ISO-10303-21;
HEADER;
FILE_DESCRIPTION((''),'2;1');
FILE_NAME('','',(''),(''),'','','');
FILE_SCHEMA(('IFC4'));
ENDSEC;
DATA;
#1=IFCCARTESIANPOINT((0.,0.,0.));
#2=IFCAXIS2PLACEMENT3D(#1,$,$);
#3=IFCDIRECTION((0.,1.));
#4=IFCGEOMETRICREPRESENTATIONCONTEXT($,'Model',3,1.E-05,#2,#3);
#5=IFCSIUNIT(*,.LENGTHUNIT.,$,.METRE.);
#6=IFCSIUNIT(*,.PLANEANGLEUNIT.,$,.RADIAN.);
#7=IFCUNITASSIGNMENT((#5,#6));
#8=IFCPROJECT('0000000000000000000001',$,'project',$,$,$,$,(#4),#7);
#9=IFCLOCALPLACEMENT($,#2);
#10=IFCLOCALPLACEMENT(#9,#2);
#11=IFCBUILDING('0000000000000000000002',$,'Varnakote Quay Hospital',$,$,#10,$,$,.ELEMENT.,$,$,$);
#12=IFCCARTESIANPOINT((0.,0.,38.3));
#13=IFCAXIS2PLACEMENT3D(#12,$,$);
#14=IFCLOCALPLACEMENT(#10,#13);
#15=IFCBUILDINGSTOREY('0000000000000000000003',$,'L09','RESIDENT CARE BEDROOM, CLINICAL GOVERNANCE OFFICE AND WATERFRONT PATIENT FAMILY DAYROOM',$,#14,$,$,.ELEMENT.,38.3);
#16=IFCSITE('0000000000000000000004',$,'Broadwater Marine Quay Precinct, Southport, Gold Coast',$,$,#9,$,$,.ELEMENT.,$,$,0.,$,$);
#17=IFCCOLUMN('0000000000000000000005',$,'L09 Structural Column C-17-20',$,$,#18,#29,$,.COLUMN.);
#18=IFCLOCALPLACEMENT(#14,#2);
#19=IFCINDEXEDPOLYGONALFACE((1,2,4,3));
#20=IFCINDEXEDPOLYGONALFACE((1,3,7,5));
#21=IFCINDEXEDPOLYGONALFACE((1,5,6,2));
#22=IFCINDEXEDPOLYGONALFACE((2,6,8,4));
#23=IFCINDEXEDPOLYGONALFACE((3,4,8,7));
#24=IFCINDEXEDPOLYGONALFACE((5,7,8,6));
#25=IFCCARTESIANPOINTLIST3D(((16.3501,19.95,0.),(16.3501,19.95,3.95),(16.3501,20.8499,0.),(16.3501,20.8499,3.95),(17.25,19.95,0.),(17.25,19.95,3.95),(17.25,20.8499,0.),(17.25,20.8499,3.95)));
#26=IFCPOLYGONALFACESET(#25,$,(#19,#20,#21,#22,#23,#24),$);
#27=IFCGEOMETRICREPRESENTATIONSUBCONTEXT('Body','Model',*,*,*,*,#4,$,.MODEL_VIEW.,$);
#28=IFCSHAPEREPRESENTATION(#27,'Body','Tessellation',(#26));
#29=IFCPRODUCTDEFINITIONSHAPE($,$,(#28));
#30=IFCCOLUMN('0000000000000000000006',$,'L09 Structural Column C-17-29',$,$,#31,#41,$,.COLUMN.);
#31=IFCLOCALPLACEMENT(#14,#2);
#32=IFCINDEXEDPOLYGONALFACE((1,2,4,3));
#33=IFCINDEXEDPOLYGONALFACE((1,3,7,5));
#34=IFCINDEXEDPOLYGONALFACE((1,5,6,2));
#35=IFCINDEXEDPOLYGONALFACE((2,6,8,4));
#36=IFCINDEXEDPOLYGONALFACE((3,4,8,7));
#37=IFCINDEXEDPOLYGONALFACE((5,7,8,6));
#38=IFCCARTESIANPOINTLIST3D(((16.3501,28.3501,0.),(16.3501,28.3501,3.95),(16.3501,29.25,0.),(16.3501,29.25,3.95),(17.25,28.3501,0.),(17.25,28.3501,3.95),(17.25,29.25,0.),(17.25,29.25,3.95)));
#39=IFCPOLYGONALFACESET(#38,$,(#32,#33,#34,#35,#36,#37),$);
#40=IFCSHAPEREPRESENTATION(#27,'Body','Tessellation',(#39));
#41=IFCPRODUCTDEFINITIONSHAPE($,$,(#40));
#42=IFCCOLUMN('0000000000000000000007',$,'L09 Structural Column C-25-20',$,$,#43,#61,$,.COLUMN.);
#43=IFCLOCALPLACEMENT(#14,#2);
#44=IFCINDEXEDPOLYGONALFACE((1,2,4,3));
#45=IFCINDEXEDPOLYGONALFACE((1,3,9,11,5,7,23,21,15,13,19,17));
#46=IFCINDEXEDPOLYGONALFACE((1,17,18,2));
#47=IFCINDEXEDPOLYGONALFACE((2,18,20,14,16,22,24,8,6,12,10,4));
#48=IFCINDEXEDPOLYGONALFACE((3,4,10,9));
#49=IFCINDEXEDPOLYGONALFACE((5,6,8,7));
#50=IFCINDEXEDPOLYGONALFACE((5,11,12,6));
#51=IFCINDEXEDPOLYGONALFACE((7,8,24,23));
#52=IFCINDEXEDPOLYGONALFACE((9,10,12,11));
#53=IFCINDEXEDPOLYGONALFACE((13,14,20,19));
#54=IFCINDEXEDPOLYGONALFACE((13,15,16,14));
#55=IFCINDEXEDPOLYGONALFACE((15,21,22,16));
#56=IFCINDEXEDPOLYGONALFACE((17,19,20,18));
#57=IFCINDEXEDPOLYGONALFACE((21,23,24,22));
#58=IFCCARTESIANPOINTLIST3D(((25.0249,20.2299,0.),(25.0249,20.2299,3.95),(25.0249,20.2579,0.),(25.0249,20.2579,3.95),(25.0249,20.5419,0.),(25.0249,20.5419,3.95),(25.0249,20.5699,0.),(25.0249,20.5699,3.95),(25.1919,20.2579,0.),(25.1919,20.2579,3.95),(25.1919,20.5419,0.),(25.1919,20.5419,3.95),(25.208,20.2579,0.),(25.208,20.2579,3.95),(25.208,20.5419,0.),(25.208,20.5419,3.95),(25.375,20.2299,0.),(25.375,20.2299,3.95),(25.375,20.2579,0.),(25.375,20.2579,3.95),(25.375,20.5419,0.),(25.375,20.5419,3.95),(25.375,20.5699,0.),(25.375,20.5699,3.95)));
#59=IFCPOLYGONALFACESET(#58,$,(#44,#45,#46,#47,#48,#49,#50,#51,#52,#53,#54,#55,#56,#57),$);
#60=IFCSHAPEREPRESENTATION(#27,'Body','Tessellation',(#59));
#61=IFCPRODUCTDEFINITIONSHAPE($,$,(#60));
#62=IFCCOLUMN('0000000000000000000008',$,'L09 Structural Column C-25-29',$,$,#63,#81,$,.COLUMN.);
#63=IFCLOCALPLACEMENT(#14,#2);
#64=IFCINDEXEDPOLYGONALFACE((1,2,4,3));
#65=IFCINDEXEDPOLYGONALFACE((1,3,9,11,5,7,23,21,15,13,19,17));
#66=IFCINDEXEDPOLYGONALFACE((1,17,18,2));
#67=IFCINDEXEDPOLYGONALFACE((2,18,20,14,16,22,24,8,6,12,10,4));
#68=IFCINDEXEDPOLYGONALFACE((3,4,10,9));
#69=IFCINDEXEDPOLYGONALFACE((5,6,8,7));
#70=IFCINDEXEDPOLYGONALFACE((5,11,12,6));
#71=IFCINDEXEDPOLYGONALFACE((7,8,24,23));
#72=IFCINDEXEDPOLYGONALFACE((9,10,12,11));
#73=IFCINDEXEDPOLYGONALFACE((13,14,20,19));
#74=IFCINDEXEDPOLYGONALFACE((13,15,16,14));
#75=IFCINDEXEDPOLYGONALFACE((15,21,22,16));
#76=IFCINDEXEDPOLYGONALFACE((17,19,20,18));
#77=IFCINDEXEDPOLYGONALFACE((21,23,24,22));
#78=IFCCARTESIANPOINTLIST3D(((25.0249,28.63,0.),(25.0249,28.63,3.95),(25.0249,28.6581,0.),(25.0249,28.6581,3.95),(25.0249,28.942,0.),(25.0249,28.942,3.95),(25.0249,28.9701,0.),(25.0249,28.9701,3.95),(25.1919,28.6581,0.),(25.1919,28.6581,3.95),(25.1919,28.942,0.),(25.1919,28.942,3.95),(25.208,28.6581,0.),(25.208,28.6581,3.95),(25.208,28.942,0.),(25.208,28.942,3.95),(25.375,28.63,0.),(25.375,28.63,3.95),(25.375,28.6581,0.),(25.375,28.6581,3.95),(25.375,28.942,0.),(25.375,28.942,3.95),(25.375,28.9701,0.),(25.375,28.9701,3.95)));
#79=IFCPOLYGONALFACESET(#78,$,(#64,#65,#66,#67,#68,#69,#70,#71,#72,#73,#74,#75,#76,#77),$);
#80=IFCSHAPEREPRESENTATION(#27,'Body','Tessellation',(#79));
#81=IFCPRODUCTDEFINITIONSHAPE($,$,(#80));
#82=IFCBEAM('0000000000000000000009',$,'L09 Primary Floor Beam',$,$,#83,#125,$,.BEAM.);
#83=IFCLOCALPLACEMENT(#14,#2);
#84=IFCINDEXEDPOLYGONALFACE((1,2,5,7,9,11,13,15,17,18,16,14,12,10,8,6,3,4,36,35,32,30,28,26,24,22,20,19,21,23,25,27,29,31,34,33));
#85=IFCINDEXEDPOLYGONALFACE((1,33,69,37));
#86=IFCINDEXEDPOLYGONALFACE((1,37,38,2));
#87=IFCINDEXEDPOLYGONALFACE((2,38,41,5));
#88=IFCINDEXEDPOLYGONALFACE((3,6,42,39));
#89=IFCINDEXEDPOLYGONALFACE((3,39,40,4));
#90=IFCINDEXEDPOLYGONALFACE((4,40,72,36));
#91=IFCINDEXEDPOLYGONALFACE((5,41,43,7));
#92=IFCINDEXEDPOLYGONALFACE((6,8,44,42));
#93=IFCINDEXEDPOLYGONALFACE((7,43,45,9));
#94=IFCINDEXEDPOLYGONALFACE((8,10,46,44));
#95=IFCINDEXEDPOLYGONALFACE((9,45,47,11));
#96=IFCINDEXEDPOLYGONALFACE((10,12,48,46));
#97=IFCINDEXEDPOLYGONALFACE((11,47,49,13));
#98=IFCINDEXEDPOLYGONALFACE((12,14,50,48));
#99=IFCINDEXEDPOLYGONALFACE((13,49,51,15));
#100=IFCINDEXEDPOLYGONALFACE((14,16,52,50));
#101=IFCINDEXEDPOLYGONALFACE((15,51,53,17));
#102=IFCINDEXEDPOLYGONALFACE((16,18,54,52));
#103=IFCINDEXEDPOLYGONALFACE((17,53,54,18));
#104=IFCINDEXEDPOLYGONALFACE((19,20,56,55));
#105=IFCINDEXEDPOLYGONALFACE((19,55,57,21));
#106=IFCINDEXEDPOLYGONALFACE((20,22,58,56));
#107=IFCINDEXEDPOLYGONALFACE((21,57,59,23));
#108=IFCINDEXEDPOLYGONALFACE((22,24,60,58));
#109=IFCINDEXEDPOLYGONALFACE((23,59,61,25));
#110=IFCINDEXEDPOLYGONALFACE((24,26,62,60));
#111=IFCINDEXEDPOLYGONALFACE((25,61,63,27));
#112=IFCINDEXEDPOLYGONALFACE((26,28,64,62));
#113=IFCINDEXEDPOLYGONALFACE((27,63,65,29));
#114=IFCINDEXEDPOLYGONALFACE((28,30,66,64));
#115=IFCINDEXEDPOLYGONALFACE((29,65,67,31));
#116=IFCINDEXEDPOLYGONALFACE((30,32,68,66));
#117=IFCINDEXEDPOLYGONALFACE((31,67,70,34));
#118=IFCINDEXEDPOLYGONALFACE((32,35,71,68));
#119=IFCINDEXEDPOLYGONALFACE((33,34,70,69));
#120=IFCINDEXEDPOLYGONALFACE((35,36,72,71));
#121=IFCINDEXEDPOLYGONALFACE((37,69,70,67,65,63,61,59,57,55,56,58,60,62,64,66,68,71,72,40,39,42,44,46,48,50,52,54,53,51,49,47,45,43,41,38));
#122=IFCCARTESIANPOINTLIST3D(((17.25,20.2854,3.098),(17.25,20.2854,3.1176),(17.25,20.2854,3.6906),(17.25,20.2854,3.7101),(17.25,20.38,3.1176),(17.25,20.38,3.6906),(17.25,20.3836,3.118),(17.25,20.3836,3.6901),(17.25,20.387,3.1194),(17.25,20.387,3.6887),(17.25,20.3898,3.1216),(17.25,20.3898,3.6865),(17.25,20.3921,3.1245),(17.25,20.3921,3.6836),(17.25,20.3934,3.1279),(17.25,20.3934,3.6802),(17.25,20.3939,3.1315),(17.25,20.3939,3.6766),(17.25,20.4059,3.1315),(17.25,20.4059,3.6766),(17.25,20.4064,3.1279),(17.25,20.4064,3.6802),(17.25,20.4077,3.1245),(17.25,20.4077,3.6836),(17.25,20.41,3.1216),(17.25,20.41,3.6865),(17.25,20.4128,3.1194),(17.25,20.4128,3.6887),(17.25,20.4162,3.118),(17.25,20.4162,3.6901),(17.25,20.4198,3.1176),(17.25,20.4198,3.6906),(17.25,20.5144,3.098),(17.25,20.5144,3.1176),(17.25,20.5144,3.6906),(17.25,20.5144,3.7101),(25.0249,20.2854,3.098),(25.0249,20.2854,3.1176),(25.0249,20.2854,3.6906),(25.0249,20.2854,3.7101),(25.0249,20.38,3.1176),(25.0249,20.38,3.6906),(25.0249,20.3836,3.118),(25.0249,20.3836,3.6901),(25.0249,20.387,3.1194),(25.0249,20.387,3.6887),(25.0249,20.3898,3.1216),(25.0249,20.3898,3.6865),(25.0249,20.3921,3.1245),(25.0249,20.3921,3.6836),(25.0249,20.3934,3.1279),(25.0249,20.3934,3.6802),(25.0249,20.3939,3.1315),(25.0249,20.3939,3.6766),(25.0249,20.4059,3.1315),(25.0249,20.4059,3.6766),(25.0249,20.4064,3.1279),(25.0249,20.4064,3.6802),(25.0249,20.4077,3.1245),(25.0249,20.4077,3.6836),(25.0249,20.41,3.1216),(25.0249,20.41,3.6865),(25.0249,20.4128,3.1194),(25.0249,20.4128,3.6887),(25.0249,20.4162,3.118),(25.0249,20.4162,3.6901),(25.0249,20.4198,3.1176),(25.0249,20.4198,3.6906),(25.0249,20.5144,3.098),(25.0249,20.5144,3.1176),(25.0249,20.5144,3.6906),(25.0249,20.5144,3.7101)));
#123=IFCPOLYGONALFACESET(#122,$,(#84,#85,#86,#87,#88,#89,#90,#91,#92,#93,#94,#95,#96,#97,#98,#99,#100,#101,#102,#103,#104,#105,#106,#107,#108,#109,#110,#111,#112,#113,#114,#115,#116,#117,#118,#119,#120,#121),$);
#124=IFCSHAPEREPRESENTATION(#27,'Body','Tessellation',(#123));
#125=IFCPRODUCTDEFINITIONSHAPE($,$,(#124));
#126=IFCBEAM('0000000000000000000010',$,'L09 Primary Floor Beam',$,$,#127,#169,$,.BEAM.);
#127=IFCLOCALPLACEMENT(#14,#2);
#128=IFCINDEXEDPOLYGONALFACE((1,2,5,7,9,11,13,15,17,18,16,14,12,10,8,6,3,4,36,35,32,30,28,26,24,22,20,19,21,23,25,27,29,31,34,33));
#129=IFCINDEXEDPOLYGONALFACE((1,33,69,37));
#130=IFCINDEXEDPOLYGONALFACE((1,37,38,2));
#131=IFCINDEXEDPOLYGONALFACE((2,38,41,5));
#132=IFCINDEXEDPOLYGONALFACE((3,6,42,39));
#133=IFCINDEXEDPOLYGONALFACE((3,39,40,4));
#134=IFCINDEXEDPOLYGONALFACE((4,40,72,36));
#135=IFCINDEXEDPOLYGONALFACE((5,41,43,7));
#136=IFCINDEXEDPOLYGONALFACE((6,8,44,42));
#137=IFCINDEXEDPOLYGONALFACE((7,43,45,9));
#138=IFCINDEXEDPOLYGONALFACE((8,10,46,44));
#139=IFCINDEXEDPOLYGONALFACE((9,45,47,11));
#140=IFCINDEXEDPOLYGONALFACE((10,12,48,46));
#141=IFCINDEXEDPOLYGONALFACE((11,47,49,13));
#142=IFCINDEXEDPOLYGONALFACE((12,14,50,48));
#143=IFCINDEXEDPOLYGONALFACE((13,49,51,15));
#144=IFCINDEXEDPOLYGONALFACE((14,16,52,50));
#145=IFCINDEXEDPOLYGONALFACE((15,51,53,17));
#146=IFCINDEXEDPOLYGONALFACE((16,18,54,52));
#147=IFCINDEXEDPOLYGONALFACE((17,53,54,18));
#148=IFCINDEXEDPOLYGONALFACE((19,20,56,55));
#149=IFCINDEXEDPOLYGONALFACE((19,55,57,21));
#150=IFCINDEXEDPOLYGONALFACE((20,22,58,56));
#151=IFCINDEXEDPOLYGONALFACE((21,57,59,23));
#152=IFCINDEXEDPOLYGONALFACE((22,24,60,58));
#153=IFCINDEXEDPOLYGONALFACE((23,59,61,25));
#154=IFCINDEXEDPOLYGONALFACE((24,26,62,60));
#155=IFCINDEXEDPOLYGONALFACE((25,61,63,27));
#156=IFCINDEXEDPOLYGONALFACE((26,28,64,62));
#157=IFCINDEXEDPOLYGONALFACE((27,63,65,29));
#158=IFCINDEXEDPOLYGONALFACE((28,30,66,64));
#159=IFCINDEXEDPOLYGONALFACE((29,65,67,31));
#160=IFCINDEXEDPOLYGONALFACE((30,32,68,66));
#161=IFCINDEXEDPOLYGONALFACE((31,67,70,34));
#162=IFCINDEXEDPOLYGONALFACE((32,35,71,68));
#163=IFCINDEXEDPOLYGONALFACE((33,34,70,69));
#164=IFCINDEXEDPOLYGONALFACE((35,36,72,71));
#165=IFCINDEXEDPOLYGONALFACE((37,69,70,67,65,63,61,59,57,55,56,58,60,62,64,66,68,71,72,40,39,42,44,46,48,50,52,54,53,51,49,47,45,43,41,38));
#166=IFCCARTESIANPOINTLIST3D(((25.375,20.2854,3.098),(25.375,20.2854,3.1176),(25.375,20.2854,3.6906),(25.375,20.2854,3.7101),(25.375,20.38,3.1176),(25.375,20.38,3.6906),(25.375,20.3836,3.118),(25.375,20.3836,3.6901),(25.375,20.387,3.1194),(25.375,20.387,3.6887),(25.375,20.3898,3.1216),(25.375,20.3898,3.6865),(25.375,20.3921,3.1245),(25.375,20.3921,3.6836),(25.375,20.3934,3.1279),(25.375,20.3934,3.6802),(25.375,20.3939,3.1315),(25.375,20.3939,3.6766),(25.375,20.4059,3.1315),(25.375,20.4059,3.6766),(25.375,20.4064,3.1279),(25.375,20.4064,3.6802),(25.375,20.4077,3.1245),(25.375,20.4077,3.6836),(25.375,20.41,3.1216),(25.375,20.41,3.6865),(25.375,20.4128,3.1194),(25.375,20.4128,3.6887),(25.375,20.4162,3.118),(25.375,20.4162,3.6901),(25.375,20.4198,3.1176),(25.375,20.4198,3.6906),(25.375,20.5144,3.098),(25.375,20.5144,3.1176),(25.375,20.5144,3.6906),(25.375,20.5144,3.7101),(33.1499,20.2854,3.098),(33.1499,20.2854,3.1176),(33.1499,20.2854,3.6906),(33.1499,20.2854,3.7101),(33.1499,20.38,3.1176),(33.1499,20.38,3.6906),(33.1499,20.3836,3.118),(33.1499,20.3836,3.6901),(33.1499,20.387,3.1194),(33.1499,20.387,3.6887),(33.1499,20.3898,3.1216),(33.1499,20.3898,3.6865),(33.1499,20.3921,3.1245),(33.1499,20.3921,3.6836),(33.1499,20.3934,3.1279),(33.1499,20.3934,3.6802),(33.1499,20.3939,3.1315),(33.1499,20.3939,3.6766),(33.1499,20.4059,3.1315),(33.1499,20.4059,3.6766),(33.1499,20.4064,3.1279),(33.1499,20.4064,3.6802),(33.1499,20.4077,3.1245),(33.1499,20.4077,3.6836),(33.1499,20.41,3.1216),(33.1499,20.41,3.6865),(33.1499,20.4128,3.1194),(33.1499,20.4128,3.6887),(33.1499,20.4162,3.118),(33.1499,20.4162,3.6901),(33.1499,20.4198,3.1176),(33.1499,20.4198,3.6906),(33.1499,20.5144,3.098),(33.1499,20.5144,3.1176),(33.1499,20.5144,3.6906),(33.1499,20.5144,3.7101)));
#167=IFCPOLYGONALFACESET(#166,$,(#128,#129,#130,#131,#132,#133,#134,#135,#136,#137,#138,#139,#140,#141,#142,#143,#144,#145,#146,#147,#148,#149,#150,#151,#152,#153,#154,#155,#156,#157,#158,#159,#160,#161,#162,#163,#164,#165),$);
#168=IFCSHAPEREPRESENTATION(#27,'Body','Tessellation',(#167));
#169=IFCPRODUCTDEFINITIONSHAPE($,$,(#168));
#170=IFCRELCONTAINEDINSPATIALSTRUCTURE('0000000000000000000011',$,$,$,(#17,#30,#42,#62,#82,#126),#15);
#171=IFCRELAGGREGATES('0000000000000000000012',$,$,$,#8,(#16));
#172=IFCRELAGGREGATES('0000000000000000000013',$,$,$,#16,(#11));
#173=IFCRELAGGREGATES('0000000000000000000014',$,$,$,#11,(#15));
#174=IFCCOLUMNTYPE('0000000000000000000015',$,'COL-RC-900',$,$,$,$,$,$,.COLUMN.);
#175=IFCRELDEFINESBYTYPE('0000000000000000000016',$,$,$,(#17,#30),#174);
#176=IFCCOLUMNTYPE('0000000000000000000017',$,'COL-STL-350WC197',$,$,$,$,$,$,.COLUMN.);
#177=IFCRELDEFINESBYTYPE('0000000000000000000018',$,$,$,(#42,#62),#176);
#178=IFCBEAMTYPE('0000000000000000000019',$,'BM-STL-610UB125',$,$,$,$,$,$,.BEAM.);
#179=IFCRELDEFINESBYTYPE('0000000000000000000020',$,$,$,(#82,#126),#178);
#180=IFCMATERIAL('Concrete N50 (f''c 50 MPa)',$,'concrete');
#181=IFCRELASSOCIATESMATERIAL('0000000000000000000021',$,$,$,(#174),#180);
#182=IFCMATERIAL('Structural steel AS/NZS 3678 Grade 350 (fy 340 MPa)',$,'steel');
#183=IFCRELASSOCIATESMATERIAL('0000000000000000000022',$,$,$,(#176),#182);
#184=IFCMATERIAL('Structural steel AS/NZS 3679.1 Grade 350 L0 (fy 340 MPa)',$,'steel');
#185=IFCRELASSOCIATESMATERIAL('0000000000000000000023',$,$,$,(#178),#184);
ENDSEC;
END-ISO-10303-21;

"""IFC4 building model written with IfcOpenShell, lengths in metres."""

from ifc_helpers import new_model, si_unit, direction, frame, origin, origin_2d, place, context, subcontext, project, spatial, rectangle, i_section, extrude, material, material_profile, profile_set, type_object, element, save


model = new_model("IFC4")

# Units and contexts
model_context = context("Model", 3, precision=1e-05, world=origin(), true_north=direction((0.0, 1.0)))
body_context = subcontext(model_context, "Body", "Model", "MODEL_VIEW")
ifc_project = project(units=[si_unit("LENGTHUNIT", "METRE"), si_unit("PLANEANGLEUNIT", "RADIAN")], contexts=[model_context])

# Site, building, storey
site_placement = place(None, origin())
site = spatial("IfcSite", under=ifc_project, at=site_placement, Name="Broadwater Marine Quay Precinct, Southport, Gold Coast", CompositionType="ELEMENT", RefElevation=0.0)
building_placement = place(site_placement, origin())
building = spatial("IfcBuilding", under=site, at=building_placement, Name="Varnakote Quay Hospital", CompositionType="ELEMENT")
storey_placement = place(building_placement, frame((0.0, 0.0, 38.3)))
storey = spatial("IfcBuildingStorey", under=building, at=storey_placement, Name="L09", Description="RESIDENT CARE BEDROOM, CLINICAL GOVERNANCE OFFICE AND WATERFRONT PATIENT FAMILY DAYROOM", CompositionType="ELEMENT", Elevation=38.3)

# Columns
ifc_material_1 = material(Name="Concrete N50 (f'c 50 MPa)", Category="concrete")
ifc_material_profile_1 = material_profile(ifc_material_1, rectangle(XDim=0.8999, YDim=0.8999, at=origin_2d()), Name="RC-COL-900x900")
ifc_profile_set_1 = profile_set([ifc_material_profile_1], Name="Concrete N50 (f'c 50 MPa)")
column_type_1 = type_object("IfcColumnType", Name="COL-RC-900", PredefinedType="COLUMN", material=ifc_profile_set_1)
for number, where, z_axis, x_axis, name in (
    (1, (16.8, 20.3999, 0.0), (0.0, 0.0, 1.0), (1.0, 0.0, 0.0), "L09 Structural Column C-17-20"),
    (2, (16.8, 28.8, 0.0), (0.0, 0.0, 1.0), (1.0, 0.0, 0.0), "L09 Structural Column C-17-29"),
):
    element("IfcColumn", number, at=place(storey_placement, frame(where, z_axis=z_axis, x_axis=x_axis)), inside=storey, type_object=column_type_1, Name=name, PredefinedType="COLUMN", context=body_context, shape_type="SweptSolid", body=[
        extrude(rectangle(XDim=0.8999, YDim=0.8999, at=origin_2d()), origin(), (0.0, 0.0, 1.0), 3.95),
    ])
ifc_material_2 = material(Name="Structural steel AS/NZS 3678 Grade 350 (fy 340 MPa)", Category="steel")
ifc_material_profile_2 = material_profile(ifc_material_2, i_section(OverallWidth=0.3501, OverallDepth=0.3401, WebThickness=0.0161, FlangeThickness=0.0281, at=origin_2d()), Name="350WC197")
ifc_profile_set_2 = profile_set([ifc_material_profile_2], Name="Structural steel AS/NZS 3678 Grade 350 (fy 340 MPa)")
column_type_2 = type_object("IfcColumnType", Name="COL-STL-350WC197", PredefinedType="COLUMN", material=ifc_profile_set_2)
for number, where, z_axis, x_axis, name in (
    (3, (25.2, 20.3999, 0.0), (0.0, 0.0, 1.0), (1.0, 0.0, 0.0), "L09 Structural Column C-25-20"),
    (4, (25.2, 28.8, 0.0), (0.0, 0.0, 1.0), (1.0, 0.0, 0.0), "L09 Structural Column C-25-29"),
):
    element("IfcColumn", number, at=place(storey_placement, frame(where, z_axis=z_axis, x_axis=x_axis)), inside=storey, type_object=column_type_2, Name=name, PredefinedType="COLUMN", context=body_context, shape_type="SweptSolid", body=[
        extrude(i_section(OverallWidth=0.3501, OverallDepth=0.3401, WebThickness=0.0161, FlangeThickness=0.0281, at=origin_2d()), origin(), (0.0, 0.0, 1.0), 3.95),
    ])

# Beams
ifc_material_3 = material(Name="Structural steel AS/NZS 3679.1 Grade 350 L0 (fy 340 MPa)", Category="steel")
ifc_material_profile_3 = material_profile(ifc_material_3, i_section(OverallWidth=0.229, OverallDepth=0.6121, WebThickness=0.012, FlangeThickness=0.0195, FilletRadius=0.0139, at=origin_2d()), Name="610UB125")
ifc_profile_set_3 = profile_set([ifc_material_profile_3], Name="Structural steel AS/NZS 3679.1 Grade 350 L0 (fy 340 MPa)")
beam_type_1 = type_object("IfcBeamType", Name="BM-STL-610UB125", PredefinedType="BEAM", material=ifc_profile_set_3)
for number, where, z_axis, x_axis, name in (
    (5, (17.25, 20.3999, 3.4041), (1.0, 0.0, 0.0), (0.0, 1.0, 0.0), "L09 Primary Floor Beam"),
    (6, (25.375, 20.3999, 3.4041), (1.0, 0.0, 0.0), (0.0, 1.0, 0.0), "L09 Primary Floor Beam"),
):
    element("IfcBeam", number, at=place(storey_placement, frame(where, z_axis=z_axis, x_axis=x_axis)), inside=storey, type_object=beam_type_1, Name=name, PredefinedType="BEAM", context=body_context, shape_type="SweptSolid", body=[
        extrude(i_section(OverallWidth=0.229, OverallDepth=0.6121, WebThickness=0.012, FlangeThickness=0.0195, FilletRadius=0.0139, at=origin_2d()), origin(), (0.0, 0.0, 1.0), 7.7749),
    ])

save(model, "model.ifc")
